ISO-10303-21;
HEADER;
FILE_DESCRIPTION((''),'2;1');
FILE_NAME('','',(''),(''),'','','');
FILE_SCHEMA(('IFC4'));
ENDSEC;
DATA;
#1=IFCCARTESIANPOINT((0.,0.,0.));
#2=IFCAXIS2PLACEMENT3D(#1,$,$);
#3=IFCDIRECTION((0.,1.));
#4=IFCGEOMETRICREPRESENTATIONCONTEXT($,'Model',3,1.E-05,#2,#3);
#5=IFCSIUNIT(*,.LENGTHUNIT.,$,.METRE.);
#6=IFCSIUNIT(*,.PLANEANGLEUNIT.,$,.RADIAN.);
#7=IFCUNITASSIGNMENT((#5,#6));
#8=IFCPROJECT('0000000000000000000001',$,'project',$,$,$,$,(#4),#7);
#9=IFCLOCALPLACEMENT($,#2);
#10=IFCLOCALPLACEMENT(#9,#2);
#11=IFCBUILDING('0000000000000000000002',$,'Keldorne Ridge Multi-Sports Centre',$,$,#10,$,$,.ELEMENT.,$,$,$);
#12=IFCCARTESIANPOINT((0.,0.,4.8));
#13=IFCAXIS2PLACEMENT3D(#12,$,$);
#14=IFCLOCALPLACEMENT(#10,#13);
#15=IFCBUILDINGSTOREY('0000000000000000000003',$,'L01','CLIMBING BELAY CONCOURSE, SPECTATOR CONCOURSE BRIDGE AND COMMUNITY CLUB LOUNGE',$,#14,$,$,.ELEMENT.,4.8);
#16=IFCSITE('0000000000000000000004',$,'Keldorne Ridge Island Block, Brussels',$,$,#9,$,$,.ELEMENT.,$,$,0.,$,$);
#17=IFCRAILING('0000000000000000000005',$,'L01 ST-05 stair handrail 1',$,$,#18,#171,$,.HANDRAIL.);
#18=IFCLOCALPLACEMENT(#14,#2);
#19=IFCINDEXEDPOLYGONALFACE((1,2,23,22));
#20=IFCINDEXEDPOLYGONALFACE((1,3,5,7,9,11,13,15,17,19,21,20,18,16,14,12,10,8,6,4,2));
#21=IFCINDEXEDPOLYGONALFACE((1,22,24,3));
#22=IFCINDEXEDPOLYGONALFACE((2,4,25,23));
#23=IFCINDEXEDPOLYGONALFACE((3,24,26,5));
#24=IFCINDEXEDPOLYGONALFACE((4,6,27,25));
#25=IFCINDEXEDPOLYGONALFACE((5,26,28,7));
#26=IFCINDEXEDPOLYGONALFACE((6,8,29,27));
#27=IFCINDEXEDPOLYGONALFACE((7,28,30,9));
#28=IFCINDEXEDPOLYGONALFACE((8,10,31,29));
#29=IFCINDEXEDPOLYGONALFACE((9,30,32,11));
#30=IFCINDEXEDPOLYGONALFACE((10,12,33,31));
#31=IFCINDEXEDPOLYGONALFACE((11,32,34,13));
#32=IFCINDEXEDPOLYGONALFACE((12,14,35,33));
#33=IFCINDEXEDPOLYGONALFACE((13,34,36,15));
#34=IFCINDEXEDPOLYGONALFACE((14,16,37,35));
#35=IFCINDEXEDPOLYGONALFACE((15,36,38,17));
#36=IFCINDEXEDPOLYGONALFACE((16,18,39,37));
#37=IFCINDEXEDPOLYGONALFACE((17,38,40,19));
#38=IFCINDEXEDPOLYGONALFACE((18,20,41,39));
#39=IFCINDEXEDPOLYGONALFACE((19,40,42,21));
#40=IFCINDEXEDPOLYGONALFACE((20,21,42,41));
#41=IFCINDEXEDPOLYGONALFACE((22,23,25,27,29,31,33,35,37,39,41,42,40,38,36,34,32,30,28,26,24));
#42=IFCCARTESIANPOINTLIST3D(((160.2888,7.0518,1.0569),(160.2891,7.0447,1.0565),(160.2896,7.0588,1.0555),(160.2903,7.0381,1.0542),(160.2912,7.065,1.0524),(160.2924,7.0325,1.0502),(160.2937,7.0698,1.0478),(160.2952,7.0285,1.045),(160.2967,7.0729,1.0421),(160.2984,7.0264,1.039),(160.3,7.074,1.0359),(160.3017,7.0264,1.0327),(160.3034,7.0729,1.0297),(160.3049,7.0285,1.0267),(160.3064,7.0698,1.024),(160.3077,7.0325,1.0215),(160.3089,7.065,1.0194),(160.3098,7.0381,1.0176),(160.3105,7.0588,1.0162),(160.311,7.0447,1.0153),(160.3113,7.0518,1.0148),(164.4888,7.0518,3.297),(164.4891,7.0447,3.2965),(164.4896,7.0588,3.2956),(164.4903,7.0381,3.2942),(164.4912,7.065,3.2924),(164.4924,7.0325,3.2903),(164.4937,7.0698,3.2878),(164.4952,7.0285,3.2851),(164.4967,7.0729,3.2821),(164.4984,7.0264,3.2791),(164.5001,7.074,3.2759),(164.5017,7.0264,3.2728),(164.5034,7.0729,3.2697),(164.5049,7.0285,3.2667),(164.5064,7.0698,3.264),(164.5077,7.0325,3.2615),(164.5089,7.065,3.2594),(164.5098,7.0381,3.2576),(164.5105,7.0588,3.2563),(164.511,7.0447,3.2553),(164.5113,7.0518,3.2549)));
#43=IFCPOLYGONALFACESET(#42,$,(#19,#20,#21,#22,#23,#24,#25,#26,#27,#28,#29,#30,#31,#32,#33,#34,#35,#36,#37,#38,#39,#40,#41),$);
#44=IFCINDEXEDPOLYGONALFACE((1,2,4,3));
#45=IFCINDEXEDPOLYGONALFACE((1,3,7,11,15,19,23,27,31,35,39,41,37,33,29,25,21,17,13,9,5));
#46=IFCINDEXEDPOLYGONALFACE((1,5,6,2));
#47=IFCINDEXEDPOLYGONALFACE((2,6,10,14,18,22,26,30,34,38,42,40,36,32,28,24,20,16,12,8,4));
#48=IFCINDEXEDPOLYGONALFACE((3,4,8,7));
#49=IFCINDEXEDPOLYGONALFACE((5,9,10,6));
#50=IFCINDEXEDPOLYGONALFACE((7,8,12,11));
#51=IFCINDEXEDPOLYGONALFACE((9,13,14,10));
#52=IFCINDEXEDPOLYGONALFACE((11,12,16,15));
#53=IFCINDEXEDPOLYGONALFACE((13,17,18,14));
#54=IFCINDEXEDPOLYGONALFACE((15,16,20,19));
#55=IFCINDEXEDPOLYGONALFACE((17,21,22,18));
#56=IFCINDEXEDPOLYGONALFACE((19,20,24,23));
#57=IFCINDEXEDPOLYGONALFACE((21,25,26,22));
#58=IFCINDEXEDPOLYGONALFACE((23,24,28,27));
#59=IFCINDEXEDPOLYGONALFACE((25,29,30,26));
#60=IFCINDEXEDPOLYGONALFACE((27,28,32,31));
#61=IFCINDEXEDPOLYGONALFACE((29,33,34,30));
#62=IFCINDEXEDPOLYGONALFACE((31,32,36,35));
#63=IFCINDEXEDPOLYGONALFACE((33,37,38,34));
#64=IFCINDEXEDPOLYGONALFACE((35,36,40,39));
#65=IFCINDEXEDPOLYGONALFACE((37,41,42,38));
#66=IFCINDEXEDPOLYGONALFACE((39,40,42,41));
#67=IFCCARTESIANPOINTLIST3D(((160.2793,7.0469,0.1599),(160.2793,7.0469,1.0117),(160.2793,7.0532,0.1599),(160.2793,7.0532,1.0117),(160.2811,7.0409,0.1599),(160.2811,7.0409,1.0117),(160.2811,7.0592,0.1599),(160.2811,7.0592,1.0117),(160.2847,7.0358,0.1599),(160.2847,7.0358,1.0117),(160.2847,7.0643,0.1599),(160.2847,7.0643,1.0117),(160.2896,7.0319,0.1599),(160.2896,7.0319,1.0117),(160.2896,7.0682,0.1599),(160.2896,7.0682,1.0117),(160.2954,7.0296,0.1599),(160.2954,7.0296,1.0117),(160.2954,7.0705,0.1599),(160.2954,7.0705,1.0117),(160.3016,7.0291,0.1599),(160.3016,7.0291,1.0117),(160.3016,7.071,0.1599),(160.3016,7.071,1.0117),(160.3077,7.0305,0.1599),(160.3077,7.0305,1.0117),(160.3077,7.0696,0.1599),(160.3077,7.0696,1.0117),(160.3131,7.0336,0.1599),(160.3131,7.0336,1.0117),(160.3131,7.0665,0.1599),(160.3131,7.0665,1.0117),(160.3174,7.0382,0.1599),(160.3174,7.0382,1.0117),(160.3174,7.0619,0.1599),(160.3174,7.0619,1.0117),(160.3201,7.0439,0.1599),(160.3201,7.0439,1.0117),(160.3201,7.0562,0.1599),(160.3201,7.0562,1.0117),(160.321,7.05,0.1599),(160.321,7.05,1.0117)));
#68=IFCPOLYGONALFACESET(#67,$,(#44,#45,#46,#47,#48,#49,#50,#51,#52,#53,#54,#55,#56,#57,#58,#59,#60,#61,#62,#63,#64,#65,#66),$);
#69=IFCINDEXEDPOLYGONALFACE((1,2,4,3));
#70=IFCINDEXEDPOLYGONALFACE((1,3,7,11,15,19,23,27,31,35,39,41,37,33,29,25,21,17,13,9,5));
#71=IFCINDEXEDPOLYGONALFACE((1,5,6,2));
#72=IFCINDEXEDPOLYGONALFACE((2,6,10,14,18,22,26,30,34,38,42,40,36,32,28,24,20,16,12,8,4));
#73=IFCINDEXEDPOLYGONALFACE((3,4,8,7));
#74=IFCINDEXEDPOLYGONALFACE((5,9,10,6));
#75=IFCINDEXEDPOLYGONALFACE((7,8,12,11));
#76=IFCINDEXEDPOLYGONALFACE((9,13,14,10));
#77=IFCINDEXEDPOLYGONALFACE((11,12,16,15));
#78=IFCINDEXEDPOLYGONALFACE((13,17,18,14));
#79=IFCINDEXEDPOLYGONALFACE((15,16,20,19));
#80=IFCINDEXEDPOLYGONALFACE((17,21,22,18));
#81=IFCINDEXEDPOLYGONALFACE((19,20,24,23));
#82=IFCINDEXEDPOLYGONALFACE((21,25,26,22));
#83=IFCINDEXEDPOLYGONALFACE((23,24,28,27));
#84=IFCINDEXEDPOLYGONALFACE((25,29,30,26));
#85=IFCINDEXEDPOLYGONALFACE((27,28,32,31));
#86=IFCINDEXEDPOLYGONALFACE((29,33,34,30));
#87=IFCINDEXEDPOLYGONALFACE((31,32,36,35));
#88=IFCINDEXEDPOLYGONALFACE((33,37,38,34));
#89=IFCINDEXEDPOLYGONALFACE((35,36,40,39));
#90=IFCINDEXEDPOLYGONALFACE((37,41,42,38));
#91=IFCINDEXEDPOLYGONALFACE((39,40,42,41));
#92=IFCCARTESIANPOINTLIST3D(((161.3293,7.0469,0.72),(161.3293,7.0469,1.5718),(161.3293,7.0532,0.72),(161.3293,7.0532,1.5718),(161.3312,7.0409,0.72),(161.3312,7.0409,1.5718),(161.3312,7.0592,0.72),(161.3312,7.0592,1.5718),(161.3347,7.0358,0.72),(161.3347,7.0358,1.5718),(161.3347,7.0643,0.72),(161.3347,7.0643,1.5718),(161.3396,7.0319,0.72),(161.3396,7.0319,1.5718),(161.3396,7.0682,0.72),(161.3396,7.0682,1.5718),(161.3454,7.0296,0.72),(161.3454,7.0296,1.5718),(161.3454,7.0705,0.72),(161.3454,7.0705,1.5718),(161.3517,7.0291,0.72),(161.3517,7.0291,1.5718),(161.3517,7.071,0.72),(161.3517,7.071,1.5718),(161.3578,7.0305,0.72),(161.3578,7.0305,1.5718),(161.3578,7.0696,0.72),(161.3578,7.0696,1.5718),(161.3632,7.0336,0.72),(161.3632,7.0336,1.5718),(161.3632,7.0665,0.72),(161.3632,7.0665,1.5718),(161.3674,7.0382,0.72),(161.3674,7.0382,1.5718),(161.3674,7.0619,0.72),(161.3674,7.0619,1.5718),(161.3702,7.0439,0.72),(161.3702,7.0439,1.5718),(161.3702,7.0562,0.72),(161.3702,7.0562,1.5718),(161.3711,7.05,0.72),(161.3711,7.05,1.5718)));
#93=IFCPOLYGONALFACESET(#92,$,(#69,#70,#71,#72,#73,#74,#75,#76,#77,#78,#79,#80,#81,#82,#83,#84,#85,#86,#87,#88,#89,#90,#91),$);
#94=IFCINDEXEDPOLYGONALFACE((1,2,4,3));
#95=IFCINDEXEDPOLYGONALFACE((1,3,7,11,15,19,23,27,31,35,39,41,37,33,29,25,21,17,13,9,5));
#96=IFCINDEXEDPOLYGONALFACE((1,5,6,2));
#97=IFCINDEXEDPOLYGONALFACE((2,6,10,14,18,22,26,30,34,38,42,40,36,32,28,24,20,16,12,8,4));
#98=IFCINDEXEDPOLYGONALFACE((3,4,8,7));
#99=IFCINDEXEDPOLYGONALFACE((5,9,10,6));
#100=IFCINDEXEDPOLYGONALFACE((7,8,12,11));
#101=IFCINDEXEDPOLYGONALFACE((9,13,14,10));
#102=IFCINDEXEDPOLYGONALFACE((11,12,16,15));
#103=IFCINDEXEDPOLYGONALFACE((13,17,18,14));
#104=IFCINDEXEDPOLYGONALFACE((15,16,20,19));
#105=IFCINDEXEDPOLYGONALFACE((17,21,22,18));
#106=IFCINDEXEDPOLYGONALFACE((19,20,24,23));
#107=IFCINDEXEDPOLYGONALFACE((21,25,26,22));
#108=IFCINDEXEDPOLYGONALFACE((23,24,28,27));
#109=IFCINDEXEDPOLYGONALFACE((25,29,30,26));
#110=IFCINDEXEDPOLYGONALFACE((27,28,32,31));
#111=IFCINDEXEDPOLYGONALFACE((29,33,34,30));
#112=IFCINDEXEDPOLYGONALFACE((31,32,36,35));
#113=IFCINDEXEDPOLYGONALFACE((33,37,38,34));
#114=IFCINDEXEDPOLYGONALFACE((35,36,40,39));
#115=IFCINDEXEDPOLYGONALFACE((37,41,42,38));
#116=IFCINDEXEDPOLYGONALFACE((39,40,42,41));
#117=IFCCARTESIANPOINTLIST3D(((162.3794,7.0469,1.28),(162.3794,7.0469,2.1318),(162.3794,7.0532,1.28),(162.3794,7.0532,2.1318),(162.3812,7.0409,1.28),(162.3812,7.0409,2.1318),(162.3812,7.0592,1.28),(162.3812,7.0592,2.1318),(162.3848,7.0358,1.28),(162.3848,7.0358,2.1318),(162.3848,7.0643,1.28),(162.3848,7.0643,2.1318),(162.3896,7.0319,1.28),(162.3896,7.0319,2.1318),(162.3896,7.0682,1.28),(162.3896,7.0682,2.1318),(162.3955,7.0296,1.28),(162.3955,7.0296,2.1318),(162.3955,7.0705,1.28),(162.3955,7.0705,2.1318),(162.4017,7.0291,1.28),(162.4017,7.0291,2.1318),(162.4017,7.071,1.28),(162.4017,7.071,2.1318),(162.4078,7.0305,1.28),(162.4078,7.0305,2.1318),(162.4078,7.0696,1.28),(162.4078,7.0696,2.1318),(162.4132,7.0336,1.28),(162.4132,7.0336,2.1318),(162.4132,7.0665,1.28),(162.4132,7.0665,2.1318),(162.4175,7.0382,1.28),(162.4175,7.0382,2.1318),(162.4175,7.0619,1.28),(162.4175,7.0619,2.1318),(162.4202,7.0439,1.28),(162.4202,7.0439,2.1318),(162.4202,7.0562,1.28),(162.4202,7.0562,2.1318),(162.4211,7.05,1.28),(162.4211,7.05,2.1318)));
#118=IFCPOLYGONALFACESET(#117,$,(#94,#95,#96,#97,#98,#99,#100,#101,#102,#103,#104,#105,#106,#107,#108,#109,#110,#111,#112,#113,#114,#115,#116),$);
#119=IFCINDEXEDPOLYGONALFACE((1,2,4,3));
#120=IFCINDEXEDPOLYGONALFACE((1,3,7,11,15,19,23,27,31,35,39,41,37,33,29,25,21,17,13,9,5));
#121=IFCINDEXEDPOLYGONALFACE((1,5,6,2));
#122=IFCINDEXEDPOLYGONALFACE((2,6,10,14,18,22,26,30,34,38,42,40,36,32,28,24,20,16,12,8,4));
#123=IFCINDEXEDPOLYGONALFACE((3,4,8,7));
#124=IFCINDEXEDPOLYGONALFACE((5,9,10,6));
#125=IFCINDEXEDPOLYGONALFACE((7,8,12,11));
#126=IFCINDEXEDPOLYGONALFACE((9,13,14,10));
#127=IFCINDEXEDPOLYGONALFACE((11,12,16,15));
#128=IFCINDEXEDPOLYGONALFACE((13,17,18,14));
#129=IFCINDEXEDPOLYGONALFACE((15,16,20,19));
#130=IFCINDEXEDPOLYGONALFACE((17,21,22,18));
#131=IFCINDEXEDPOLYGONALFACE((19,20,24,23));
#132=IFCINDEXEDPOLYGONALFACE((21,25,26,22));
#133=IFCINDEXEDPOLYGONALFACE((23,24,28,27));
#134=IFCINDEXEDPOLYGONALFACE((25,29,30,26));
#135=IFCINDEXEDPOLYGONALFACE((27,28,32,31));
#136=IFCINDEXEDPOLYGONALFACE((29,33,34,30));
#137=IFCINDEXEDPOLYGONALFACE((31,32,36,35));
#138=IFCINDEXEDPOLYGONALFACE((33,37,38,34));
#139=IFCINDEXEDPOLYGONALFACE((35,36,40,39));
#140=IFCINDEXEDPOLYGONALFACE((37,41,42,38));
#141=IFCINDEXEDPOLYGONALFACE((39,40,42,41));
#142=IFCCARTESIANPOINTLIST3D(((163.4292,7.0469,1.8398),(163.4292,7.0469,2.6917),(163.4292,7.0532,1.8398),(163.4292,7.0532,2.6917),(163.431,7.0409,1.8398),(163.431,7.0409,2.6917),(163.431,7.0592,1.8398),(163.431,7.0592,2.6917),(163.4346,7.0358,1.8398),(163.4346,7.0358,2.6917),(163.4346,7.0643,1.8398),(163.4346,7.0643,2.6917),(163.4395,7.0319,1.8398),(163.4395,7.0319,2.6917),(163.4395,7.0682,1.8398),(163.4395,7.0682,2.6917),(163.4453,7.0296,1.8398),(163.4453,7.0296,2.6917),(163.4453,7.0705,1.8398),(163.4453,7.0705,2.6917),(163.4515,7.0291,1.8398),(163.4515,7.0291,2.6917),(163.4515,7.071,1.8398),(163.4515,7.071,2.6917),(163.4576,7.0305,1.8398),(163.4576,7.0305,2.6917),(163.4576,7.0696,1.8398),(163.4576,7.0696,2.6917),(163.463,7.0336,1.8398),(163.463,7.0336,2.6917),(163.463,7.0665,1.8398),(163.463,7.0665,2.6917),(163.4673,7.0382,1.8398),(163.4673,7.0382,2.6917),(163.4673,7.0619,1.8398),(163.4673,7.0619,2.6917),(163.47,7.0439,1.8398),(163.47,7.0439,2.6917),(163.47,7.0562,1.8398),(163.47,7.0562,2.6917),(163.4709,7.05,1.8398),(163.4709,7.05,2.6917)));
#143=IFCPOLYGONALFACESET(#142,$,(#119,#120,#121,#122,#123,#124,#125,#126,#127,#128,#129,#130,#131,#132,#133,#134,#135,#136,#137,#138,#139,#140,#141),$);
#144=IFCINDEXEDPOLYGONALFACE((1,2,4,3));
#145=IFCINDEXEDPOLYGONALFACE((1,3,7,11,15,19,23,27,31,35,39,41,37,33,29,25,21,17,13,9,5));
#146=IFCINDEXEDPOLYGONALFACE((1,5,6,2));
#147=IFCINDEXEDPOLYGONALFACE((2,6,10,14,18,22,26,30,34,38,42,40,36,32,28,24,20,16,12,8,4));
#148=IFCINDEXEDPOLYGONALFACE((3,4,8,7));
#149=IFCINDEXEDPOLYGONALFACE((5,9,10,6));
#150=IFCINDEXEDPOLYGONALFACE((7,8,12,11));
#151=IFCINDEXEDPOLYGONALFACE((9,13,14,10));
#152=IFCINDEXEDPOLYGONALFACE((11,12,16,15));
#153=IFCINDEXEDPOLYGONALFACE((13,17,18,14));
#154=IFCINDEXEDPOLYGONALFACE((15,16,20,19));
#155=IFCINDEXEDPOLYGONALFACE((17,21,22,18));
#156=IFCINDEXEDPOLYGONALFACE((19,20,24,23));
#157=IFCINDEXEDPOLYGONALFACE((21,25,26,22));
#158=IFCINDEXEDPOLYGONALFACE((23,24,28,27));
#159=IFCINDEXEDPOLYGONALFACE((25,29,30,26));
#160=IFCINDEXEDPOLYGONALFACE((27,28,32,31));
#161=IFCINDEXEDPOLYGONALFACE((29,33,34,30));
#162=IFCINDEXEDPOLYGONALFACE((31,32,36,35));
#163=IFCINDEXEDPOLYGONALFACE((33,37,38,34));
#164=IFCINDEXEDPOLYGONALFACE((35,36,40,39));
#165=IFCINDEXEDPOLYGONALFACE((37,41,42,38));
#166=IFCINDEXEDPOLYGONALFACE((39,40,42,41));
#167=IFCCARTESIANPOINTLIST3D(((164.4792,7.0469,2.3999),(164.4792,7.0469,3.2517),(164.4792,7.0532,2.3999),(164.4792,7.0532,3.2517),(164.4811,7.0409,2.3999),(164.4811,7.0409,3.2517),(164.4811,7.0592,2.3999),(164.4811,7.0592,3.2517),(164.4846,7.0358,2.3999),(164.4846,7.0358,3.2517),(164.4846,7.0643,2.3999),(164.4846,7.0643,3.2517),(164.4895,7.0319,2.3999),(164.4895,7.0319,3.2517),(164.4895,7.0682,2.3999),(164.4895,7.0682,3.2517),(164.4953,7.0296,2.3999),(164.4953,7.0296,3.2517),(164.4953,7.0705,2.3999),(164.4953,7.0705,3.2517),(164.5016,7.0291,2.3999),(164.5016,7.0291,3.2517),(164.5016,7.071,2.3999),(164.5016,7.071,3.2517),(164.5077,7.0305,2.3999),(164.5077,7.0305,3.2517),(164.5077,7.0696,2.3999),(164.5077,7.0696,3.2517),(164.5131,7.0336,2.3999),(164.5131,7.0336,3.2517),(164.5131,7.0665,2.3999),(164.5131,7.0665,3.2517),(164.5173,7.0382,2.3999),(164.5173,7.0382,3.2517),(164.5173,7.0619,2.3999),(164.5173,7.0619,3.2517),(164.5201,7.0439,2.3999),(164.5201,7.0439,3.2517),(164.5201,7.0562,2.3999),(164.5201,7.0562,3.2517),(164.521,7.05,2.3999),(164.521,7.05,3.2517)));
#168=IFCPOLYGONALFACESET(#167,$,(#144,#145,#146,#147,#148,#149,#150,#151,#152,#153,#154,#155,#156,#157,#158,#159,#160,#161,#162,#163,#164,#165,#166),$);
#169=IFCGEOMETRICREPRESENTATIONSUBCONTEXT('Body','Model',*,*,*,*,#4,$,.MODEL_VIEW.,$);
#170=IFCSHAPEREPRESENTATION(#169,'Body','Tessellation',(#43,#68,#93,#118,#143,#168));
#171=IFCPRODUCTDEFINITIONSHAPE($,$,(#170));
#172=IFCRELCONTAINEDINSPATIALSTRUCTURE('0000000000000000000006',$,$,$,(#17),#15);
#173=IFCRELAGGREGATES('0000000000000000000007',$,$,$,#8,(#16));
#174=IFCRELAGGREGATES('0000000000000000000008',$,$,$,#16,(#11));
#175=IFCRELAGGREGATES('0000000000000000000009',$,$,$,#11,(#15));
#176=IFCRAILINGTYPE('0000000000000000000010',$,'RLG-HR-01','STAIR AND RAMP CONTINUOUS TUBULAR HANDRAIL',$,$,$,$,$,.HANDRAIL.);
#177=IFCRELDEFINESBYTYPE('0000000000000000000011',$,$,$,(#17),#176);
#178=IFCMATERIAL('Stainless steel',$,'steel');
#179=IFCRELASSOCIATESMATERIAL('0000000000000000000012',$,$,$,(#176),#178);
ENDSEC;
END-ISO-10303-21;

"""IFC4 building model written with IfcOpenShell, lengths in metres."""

from ifc_helpers import new_model, si_unit, direction, frame, origin, origin_2d, place, context, subcontext, project, spatial, circle, extrude, material, type_object, element, save


model = new_model("IFC4")

# Units and contexts
model_context = context("Model", 3, precision=1e-05, world=origin(), true_north=direction((0.0, 1.0)))
body_context = subcontext(model_context, "Body", "Model", "MODEL_VIEW")
ifc_project = project(units=[si_unit("LENGTHUNIT", "METRE"), si_unit("PLANEANGLEUNIT", "RADIAN")], contexts=[model_context])

# Site, building, storey
site_placement = place(None, origin())
site = spatial("IfcSite", under=ifc_project, at=site_placement, Name="Keldorne Ridge Island Block, Brussels", CompositionType="ELEMENT", RefElevation=0.0)
building_placement = place(site_placement, origin())
building = spatial("IfcBuilding", under=site, at=building_placement, Name="Keldorne Ridge Multi-Sports Centre", CompositionType="ELEMENT")
storey_placement = place(building_placement, frame((0.0, 0.0, 4.8)))
storey = spatial("IfcBuildingStorey", under=building, at=storey_placement, Name="L01", Description="CLIMBING BELAY CONCOURSE, SPECTATOR CONCOURSE BRIDGE AND COMMUNITY CLUB LOUNGE", CompositionType="ELEMENT", Elevation=4.8)

# Railing
ifc_material_1 = material(Name="Stainless steel", Category="steel")
railing_type_1 = type_object("IfcRailingType", Name="RLG-HR-01", Description="STAIR AND RAMP CONTINUOUS TUBULAR HANDRAIL", PredefinedType="HANDRAIL", material=ifc_material_1)
railing_1_placement = place(storey_placement, frame((160.3, 7.05, 0.1599)))
element("IfcRailing", 1, at=railing_1_placement, inside=storey, type_object=railing_type_1, Name="L01 ST-05 stair handrail 1", PredefinedType="HANDRAIL", context=body_context, shape_type="SweptSolid", body=[
    extrude(circle(Radius=0.0239, at=origin_2d()), frame((0.0, 0.0, 0.876), z_axis=(0.882352, 0.0, 0.470591), x_axis=(0.0, 1.0, 0.0)), (0.0, 0.0, 1.0), 4.76),
    extrude(circle(Radius=0.021, at=origin_2d()), origin(), (0.0, 0.0, 1.0), 0.8518),
    extrude(circle(Radius=0.021, at=origin_2d()), frame((1.05, 0.0, 0.5601)), (0.0, 0.0, 1.0), 0.8518),
    extrude(circle(Radius=0.021, at=origin_2d()), frame((2.1001, 0.0, 1.1201)), (0.0, 0.0, 1.0), 0.8518),
    extrude(circle(Radius=0.021, at=origin_2d()), frame((3.1499, 0.0, 1.6799)), (0.0, 0.0, 1.0), 0.8518),
    extrude(circle(Radius=0.021, at=origin_2d()), frame((4.2, 0.0, 2.24)), (0.0, 0.0, 1.0), 0.8518),
])

save(model, "model.ifc")
